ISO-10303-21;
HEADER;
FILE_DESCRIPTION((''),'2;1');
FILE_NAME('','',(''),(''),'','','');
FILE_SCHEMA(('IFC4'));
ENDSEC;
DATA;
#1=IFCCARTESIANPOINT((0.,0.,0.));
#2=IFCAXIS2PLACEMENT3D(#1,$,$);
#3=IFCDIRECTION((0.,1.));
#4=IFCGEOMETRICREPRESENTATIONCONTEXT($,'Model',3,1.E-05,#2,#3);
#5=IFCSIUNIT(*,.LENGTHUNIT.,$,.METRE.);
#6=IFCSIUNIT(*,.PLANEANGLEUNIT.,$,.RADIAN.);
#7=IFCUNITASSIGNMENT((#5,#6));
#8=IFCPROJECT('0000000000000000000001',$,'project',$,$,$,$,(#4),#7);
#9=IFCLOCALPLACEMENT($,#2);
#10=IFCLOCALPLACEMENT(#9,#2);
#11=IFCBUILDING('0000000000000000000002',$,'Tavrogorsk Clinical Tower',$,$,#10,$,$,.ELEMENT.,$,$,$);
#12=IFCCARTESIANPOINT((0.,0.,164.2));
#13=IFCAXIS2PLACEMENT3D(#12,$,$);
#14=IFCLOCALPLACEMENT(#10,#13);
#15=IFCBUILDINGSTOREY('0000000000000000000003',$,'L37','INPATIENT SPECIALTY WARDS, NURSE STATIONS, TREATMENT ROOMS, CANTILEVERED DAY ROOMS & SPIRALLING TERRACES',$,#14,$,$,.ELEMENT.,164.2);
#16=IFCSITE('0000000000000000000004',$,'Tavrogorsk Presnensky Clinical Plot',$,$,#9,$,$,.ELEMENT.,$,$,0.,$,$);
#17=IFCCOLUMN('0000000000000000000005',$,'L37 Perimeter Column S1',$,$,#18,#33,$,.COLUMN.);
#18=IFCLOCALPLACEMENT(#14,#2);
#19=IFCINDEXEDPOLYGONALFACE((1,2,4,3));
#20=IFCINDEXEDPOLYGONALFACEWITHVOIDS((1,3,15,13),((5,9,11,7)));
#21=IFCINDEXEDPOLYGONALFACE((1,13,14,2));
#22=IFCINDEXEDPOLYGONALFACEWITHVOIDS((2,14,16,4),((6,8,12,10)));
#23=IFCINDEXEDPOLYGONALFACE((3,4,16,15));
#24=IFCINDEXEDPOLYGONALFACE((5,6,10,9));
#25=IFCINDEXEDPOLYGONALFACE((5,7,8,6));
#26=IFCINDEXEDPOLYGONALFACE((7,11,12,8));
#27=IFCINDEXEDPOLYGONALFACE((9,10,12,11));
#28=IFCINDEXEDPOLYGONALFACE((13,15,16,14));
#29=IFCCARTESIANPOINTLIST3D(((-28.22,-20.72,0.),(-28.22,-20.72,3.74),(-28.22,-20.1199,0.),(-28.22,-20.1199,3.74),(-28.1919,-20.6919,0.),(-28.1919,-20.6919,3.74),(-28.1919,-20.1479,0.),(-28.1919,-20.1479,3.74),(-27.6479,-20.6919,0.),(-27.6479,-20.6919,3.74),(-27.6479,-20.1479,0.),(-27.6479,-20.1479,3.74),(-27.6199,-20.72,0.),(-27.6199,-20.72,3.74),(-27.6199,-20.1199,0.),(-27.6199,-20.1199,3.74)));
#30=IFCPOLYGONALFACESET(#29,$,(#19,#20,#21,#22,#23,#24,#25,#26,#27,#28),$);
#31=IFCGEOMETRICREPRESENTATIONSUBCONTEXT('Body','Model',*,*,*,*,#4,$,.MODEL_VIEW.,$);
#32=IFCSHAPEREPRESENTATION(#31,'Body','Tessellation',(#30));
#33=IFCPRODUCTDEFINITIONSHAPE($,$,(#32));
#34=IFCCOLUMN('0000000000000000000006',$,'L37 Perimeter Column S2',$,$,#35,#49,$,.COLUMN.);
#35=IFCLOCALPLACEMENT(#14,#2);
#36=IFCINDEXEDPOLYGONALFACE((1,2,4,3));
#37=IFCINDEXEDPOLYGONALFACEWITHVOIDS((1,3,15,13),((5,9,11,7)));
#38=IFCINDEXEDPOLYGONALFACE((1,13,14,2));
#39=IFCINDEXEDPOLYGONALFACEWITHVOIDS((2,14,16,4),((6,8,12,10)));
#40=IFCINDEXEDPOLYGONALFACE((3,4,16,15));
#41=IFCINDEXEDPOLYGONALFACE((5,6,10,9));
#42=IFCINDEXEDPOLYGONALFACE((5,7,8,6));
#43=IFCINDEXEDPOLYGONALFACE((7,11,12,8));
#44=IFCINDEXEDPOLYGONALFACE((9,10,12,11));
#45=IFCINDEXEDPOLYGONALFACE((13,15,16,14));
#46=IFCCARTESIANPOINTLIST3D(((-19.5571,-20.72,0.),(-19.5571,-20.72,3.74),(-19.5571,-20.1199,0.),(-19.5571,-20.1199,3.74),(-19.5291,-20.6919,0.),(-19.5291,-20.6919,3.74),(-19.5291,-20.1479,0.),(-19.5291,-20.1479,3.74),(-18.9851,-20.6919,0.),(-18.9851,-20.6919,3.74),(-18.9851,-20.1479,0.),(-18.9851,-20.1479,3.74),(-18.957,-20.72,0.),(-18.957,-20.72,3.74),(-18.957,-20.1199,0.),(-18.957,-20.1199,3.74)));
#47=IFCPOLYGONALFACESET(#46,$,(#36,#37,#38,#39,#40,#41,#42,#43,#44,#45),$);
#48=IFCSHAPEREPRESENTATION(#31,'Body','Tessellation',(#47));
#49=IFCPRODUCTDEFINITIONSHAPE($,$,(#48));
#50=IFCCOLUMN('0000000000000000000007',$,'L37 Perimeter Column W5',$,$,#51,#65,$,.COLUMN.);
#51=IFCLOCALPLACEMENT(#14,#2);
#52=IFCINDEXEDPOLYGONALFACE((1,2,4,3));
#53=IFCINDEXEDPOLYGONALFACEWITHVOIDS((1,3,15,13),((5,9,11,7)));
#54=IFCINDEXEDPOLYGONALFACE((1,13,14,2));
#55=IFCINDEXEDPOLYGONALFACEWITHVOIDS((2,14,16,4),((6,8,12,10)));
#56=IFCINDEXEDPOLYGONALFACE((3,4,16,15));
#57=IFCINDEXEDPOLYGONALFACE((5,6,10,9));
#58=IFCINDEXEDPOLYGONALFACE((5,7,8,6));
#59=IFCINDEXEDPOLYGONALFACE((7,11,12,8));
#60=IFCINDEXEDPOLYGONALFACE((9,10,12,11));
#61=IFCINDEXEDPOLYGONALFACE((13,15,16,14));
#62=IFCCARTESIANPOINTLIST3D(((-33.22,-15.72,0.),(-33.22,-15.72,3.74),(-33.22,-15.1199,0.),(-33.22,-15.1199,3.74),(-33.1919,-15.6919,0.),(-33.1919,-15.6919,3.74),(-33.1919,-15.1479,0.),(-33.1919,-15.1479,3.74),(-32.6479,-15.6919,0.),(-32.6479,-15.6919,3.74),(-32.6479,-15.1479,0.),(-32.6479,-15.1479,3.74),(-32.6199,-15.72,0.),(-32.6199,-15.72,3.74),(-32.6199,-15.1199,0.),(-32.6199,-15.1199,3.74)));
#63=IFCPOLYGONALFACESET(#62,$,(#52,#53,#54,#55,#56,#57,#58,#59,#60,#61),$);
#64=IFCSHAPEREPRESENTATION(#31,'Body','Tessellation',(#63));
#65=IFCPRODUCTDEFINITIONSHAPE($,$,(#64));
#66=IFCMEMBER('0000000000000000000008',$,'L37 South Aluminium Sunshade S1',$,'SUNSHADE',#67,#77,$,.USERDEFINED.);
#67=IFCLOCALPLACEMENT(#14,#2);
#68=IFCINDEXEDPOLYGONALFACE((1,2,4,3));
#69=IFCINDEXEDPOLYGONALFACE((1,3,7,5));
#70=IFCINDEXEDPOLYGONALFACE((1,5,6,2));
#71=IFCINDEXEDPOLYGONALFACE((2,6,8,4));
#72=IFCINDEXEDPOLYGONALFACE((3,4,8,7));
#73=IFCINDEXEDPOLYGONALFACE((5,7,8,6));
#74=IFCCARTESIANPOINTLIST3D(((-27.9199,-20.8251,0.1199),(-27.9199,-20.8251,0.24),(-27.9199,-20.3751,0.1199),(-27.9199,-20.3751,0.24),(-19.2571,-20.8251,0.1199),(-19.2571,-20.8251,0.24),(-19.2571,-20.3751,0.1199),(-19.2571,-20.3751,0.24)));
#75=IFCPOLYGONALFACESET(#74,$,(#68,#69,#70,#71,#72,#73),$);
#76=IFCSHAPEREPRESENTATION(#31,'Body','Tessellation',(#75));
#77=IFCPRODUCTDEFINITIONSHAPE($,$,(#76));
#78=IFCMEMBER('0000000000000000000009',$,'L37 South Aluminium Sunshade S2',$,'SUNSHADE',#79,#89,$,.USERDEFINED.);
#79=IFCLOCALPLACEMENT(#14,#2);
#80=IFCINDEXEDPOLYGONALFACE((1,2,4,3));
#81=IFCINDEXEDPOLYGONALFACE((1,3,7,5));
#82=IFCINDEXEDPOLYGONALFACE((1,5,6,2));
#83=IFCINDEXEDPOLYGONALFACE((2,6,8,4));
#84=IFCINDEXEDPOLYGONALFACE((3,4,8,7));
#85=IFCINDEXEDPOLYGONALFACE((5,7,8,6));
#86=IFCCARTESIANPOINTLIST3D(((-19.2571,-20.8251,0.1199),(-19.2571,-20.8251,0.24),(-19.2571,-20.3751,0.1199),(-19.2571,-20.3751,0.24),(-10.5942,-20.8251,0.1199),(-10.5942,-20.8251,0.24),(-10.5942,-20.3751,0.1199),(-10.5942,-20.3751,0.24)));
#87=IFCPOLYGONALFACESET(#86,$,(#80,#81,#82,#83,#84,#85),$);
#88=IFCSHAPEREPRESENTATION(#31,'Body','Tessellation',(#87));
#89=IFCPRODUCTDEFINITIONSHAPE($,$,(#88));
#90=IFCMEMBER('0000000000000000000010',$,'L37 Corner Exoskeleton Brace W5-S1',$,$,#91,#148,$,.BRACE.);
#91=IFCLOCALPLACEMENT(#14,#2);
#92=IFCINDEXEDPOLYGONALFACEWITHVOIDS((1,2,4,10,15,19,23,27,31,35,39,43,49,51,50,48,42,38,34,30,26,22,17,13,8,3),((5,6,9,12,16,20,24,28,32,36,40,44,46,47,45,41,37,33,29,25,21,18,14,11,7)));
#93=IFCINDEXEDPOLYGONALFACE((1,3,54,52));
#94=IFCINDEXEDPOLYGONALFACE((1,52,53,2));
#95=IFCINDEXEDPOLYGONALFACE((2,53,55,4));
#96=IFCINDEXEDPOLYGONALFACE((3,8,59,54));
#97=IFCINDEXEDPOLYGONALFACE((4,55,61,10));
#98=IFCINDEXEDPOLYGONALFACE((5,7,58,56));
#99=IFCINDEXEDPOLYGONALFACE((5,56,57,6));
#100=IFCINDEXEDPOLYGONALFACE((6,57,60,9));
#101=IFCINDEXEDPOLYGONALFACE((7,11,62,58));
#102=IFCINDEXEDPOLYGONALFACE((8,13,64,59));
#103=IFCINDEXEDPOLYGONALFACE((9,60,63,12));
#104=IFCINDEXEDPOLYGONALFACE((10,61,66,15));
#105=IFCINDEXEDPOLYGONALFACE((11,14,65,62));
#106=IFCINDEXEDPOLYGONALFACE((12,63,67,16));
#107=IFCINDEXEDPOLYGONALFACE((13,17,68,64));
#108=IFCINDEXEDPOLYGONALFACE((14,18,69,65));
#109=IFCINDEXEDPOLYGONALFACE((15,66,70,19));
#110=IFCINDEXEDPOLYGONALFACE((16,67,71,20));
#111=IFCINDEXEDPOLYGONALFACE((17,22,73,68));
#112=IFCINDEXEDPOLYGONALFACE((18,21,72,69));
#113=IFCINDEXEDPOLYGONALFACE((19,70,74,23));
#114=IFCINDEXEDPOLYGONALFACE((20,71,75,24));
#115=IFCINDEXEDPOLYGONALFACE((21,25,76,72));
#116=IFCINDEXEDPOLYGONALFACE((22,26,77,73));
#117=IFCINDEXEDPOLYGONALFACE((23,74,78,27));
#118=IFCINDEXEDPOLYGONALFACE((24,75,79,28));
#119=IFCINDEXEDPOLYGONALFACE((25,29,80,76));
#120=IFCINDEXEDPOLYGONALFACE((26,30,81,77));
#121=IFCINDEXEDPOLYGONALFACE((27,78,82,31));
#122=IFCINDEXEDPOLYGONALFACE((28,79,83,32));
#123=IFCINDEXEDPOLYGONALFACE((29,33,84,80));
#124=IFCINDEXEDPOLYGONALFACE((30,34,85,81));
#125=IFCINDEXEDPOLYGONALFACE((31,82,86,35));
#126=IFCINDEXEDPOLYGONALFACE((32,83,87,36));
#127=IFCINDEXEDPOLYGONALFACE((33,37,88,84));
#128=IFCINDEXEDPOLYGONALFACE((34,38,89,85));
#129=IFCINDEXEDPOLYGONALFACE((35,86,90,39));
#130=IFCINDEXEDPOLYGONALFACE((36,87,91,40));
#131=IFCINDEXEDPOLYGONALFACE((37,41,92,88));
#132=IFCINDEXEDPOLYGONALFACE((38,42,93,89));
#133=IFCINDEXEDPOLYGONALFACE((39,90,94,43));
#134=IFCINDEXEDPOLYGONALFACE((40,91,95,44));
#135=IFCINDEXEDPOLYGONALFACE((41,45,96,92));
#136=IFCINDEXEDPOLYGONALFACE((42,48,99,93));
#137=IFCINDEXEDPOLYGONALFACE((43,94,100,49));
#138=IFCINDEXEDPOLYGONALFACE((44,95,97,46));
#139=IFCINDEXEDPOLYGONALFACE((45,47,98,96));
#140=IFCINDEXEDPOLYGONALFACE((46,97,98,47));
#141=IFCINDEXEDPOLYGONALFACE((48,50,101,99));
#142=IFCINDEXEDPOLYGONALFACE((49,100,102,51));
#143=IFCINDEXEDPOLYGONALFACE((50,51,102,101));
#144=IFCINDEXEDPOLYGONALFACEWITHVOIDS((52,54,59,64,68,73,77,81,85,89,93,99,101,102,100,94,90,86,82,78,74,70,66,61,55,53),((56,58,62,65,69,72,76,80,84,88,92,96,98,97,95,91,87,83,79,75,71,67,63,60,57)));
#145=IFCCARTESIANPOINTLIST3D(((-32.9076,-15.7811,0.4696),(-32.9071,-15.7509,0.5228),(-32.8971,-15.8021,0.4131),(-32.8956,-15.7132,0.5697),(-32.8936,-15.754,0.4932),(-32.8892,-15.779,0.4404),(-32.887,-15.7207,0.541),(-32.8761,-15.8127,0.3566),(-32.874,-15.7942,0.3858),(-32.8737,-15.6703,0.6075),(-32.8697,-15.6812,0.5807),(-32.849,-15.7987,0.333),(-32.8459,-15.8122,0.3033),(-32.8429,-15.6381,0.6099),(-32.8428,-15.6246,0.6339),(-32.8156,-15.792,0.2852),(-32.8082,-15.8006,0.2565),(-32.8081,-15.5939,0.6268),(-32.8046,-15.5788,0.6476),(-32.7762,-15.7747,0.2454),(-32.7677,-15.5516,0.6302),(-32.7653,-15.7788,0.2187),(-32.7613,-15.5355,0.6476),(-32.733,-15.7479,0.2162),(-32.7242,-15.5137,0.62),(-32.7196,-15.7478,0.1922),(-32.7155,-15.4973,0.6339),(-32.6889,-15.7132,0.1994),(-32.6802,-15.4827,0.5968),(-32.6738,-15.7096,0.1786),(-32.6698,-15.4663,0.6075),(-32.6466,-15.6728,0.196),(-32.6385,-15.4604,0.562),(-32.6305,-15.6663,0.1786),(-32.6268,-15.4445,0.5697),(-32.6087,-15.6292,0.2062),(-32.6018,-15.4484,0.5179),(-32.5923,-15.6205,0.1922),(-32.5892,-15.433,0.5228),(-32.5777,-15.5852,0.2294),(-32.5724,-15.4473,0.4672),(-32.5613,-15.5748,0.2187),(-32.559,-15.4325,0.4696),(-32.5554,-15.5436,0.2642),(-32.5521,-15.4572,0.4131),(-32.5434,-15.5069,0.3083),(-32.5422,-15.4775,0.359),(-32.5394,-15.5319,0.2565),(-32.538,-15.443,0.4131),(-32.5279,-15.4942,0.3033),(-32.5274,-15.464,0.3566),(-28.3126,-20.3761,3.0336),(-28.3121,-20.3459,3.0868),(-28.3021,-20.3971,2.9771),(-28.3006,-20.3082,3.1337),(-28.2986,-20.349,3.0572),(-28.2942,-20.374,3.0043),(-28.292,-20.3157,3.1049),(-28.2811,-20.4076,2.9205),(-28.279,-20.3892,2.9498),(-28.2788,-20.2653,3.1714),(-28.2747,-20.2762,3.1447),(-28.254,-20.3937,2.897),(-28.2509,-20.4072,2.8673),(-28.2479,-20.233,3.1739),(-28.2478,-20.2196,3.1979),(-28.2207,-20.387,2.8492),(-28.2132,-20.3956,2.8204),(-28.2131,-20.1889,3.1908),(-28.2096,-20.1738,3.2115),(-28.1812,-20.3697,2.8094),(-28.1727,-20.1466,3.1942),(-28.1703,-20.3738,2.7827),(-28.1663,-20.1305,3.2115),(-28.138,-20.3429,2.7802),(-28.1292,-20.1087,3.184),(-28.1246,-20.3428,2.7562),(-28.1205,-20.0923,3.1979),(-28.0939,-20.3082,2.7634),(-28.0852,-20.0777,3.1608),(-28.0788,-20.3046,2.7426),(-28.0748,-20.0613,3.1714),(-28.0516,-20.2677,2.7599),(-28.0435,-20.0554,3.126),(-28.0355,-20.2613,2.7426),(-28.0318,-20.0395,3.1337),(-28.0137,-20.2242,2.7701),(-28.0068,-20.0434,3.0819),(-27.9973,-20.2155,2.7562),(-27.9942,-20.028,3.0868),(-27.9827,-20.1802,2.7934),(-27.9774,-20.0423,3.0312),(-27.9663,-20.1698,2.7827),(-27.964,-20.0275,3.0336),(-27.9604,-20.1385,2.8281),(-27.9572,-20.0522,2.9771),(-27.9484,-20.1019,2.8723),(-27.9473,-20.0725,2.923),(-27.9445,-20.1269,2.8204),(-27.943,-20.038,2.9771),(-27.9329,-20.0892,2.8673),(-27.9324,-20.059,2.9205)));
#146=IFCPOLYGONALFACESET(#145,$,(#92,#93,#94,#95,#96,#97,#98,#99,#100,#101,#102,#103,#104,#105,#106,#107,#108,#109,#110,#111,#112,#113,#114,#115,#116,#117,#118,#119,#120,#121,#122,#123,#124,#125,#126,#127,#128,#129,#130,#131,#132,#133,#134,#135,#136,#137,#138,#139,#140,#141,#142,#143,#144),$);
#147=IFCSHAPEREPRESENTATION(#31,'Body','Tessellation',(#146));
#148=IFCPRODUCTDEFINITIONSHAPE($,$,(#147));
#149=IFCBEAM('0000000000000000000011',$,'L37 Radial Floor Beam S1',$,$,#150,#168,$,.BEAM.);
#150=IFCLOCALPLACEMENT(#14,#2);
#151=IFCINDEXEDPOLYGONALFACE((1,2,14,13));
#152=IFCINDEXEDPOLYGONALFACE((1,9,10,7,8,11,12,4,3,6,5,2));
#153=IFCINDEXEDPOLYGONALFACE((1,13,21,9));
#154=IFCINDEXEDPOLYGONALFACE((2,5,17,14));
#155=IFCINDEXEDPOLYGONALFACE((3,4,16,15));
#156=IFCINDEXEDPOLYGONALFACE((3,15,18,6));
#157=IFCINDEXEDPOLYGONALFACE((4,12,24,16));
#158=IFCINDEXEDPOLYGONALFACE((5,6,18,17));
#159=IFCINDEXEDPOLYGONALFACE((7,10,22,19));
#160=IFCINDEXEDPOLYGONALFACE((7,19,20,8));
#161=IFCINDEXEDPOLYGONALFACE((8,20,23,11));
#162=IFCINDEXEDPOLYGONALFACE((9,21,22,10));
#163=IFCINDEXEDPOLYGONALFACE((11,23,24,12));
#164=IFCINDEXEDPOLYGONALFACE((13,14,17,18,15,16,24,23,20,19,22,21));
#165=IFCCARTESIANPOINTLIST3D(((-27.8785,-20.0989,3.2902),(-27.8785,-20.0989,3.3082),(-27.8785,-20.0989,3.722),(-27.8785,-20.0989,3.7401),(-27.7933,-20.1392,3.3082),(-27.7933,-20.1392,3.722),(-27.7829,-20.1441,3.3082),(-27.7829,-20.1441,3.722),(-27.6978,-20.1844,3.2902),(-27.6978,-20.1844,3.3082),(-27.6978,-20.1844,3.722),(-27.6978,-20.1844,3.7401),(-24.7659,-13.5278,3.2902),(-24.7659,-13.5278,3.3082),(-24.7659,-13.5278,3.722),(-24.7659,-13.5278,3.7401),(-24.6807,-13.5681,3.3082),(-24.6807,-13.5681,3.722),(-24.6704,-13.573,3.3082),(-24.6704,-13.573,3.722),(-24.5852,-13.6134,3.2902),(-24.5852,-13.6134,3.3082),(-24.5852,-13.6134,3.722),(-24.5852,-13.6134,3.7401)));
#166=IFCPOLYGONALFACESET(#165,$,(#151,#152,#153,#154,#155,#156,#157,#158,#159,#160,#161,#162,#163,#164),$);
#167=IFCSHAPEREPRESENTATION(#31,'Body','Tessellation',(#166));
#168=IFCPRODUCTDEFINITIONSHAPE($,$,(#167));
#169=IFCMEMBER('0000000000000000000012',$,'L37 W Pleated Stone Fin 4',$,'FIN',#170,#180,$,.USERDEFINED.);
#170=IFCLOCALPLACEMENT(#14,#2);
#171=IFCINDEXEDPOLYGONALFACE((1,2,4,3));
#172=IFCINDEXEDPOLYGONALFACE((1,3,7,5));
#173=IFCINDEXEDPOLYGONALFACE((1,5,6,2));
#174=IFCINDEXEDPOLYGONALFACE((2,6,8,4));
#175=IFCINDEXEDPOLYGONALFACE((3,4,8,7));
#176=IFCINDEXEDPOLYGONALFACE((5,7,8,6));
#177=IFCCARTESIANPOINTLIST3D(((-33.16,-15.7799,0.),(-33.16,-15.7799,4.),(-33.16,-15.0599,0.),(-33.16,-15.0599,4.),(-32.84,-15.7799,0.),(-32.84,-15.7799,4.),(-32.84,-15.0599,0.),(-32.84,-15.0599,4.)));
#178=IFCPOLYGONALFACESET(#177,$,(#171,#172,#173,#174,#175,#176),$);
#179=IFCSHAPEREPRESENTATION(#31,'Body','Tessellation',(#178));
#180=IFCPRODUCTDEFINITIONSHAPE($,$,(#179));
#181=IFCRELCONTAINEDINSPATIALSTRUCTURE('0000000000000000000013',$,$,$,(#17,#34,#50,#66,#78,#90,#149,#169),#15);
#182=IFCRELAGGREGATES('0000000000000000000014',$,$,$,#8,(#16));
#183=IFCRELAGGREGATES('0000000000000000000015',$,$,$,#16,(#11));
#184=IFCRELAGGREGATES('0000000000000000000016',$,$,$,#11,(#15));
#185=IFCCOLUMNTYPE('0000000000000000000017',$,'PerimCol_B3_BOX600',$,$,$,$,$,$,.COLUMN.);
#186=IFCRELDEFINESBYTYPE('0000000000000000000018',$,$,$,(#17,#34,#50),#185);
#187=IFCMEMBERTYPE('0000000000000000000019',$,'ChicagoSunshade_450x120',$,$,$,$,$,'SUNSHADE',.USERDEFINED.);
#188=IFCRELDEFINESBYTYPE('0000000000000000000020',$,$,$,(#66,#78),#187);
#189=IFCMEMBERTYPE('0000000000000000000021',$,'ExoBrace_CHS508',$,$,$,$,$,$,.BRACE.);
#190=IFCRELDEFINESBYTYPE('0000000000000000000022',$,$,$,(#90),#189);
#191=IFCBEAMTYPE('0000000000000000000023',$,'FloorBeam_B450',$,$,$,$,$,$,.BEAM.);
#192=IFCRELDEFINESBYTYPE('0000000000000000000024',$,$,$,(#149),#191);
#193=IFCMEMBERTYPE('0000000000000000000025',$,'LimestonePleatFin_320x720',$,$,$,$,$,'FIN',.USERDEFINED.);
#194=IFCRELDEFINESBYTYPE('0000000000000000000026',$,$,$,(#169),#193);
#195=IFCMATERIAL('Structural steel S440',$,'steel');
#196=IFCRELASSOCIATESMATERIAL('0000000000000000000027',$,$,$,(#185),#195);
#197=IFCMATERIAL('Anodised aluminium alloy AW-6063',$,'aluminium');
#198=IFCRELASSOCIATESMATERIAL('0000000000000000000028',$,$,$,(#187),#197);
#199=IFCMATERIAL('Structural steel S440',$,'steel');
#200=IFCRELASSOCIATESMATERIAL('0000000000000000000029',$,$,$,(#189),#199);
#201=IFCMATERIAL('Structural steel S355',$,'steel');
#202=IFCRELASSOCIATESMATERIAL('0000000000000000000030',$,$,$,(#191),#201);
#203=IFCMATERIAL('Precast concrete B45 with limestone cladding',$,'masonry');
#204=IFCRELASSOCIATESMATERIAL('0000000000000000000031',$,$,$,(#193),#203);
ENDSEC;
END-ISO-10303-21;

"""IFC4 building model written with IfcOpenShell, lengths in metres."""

from ifc_helpers import new_model, si_unit, direction, frame, origin, origin_2d, place, context, subcontext, project, spatial, rectangle, hollow_rectangle, hollow_circle, i_section, extrude, material, material_profile, profile_set, type_object, element, save


model = new_model("IFC4")

# Units and contexts
model_context = context("Model", 3, precision=1e-05, world=origin(), true_north=direction((0.0, 1.0)))
body_context = subcontext(model_context, "Body", "Model", "MODEL_VIEW")
ifc_project = project(units=[si_unit("LENGTHUNIT", "METRE"), si_unit("PLANEANGLEUNIT", "RADIAN")], contexts=[model_context])

# Site, building, storey
site_placement = place(None, origin())
site = spatial("IfcSite", under=ifc_project, at=site_placement, Name="Tavrogorsk Presnensky Clinical Plot", CompositionType="ELEMENT", RefElevation=0.0)
building_placement = place(site_placement, origin())
building = spatial("IfcBuilding", under=site, at=building_placement, Name="Tavrogorsk Clinical Tower", CompositionType="ELEMENT")
storey_placement = place(building_placement, frame((0.0, 0.0, 164.2)))
storey = spatial("IfcBuildingStorey", under=building, at=storey_placement, Name="L37", Description="INPATIENT SPECIALTY WARDS, NURSE STATIONS, TREATMENT ROOMS, CANTILEVERED DAY ROOMS & SPIRALLING TERRACES", CompositionType="ELEMENT", Elevation=164.2)

# Columns
ifc_material_1 = material(Name="Structural steel S440", Category="steel")
ifc_material_profile_1 = material_profile(ifc_material_1, hollow_rectangle(XDim=0.6001, YDim=0.6001, WallThickness=0.0281, at=origin_2d()), Name="BOX-600x600x28")
ifc_profile_set_1 = profile_set([ifc_material_profile_1], Name="Structural steel S440")
column_type = type_object("IfcColumnType", Name="PerimCol_B3_BOX600", PredefinedType="COLUMN", material=ifc_profile_set_1)
for number, where, z_axis, x_axis, name in (
    (1, (-27.9199, -20.4199, 0.0), (0.0, 0.0, 1.0), (1.0, 0.0, 0.0), "L37 Perimeter Column S1"),
    (2, (-19.2571, -20.4199, 0.0), (0.0, 0.0, 1.0), (1.0, 0.0, 0.0), "L37 Perimeter Column S2"),
    (3, (-32.9199, -15.4199, 0.0), (0.0, 0.0, 1.0), (1.0, 0.0, 0.0), "L37 Perimeter Column W5"),
):
    element("IfcColumn", number, at=place(storey_placement, frame(where, z_axis=z_axis, x_axis=x_axis)), inside=storey, type_object=column_type, Name=name, PredefinedType="COLUMN", context=body_context, shape_type="SweptSolid", body=[
        extrude(hollow_rectangle(XDim=0.6001, YDim=0.6001, WallThickness=0.0281, at=origin_2d()), origin(), (0.0, 0.0, 1.0), 3.74),
    ])

# Members
ifc_material_2 = material(Name="Anodised aluminium alloy AW-6063", Category="aluminium")
ifc_material_profile_2 = material_profile(ifc_material_2, rectangle(XDim=0.45, YDim=0.1201, at=origin_2d()), Name="ALU-SUNSHADE-450x120")
ifc_profile_set_2 = profile_set([ifc_material_profile_2], Name="Anodised aluminium alloy AW-6063")
member_type_1 = type_object("IfcMemberType", Name="ChicagoSunshade_450x120", ElementType="SUNSHADE", PredefinedType="USERDEFINED", material=ifc_profile_set_2)
for number, where, z_axis, x_axis, name in (
    (4, (-27.9199, -20.6001, 0.1799), (1.0, 0.0, 0.0), (0.0, 1.0, 0.0), "L37 South Aluminium Sunshade S1"),
    (5, (-19.2571, -20.6001, 0.1799), (1.0, 0.0, 0.0), (0.0, 1.0, 0.0), "L37 South Aluminium Sunshade S2"),
):
    element("IfcMember", number, at=place(storey_placement, frame(where, z_axis=z_axis, x_axis=x_axis)), inside=storey, type_object=member_type_1, Name=name, ObjectType="SUNSHADE", PredefinedType="USERDEFINED", context=body_context, shape_type="SweptSolid", body=[
        extrude(rectangle(XDim=0.45, YDim=0.1201, at=origin_2d()), origin(), (0.0, 0.0, 1.0), 8.6628),
    ])
ifc_material_3 = material(Name="Structural steel S440", Category="steel")
ifc_material_profile_3 = material_profile(ifc_material_3, hollow_circle(Radius=0.2539, WallThickness=0.02, at=origin_2d()), Name="CHS-508x20")
ifc_profile_set_3 = profile_set([ifc_material_profile_3], Name="Structural steel S440")
member_type_2 = type_object("IfcMemberType", Name="ExoBrace_CHS508", PredefinedType="BRACE", material=ifc_profile_set_3)
member_1_placement = place(storey_placement, frame((-32.7175, -15.6226, 0.4131), z_axis=(0.657759, -0.657759, 0.367025), x_axis=(0.707107, 0.707107, 0.0)))
element("IfcMember", 6, at=member_1_placement, inside=storey, type_object=member_type_2, Name="L37 Corner Exoskeleton Brace W5-S1", PredefinedType="BRACE", context=body_context, shape_type="SweptSolid", body=[
    extrude(hollow_circle(Radius=0.2539, WallThickness=0.02, at=origin_2d()), origin(), (0.0, 0.0, 1.0), 6.9858),
])

# Beam
ifc_material_4 = material(Name="Structural steel S355", Category="steel")
ifc_material_profile_4 = material_profile(ifc_material_4, i_section(OverallWidth=0.2, OverallDepth=0.45, WebThickness=0.0115, FlangeThickness=0.0181, at=origin_2d()), Name="B-450x200x11.5x18")
ifc_profile_set_4 = profile_set([ifc_material_profile_4], Name="Structural steel S355")
beam_type_1 = type_object("IfcBeamType", Name="FloorBeam_B450", PredefinedType="BEAM", material=ifc_profile_set_4)
beam_1_placement = place(storey_placement, frame((-24.6755, -13.5706, 3.5151), z_axis=(-0.428081, -0.903741, 0.0), x_axis=(0.903741, -0.428081, 0.0)))
element("IfcBeam", 7, at=beam_1_placement, inside=storey, type_object=beam_type_1, Name="L37 Radial Floor Beam S1", PredefinedType="BEAM", context=body_context, shape_type="SweptSolid", body=[
    extrude(i_section(OverallWidth=0.2, OverallDepth=0.45, WebThickness=0.0115, FlangeThickness=0.0181, at=origin_2d()), origin(), (0.0, 0.0, 1.0), 7.271),
])

# Member
ifc_material_5 = material(Name="Precast concrete B45 with limestone cladding", Category="masonry")
ifc_material_profile_5 = material_profile(ifc_material_5, rectangle(XDim=0.3201, YDim=0.72, at=origin_2d()), Name="LIMESTONE-FIN-320x720")
ifc_profile_set_5 = profile_set([ifc_material_profile_5], Name="Precast concrete B45 with limestone cladding")
member_type_3 = type_object("IfcMemberType", Name="LimestonePleatFin_320x720", ElementType="FIN", PredefinedType="USERDEFINED", material=ifc_profile_set_5)
member_2_placement = place(storey_placement, frame((-33.0, -15.4199, 0.0), z_axis=(0.0, 0.0, 1.0), x_axis=(1.0, 0.0, 0.0)))
element("IfcMember", 8, at=member_2_placement, inside=storey, type_object=member_type_3, Name="L37 W Pleated Stone Fin 4", ObjectType="FIN", PredefinedType="USERDEFINED", context=body_context, shape_type="SweptSolid", body=[
    extrude(rectangle(XDim=0.3201, YDim=0.72, at=origin_2d()), origin(), (0.0, 0.0, 1.0), 4.0),
])

save(model, "model.ifc")
